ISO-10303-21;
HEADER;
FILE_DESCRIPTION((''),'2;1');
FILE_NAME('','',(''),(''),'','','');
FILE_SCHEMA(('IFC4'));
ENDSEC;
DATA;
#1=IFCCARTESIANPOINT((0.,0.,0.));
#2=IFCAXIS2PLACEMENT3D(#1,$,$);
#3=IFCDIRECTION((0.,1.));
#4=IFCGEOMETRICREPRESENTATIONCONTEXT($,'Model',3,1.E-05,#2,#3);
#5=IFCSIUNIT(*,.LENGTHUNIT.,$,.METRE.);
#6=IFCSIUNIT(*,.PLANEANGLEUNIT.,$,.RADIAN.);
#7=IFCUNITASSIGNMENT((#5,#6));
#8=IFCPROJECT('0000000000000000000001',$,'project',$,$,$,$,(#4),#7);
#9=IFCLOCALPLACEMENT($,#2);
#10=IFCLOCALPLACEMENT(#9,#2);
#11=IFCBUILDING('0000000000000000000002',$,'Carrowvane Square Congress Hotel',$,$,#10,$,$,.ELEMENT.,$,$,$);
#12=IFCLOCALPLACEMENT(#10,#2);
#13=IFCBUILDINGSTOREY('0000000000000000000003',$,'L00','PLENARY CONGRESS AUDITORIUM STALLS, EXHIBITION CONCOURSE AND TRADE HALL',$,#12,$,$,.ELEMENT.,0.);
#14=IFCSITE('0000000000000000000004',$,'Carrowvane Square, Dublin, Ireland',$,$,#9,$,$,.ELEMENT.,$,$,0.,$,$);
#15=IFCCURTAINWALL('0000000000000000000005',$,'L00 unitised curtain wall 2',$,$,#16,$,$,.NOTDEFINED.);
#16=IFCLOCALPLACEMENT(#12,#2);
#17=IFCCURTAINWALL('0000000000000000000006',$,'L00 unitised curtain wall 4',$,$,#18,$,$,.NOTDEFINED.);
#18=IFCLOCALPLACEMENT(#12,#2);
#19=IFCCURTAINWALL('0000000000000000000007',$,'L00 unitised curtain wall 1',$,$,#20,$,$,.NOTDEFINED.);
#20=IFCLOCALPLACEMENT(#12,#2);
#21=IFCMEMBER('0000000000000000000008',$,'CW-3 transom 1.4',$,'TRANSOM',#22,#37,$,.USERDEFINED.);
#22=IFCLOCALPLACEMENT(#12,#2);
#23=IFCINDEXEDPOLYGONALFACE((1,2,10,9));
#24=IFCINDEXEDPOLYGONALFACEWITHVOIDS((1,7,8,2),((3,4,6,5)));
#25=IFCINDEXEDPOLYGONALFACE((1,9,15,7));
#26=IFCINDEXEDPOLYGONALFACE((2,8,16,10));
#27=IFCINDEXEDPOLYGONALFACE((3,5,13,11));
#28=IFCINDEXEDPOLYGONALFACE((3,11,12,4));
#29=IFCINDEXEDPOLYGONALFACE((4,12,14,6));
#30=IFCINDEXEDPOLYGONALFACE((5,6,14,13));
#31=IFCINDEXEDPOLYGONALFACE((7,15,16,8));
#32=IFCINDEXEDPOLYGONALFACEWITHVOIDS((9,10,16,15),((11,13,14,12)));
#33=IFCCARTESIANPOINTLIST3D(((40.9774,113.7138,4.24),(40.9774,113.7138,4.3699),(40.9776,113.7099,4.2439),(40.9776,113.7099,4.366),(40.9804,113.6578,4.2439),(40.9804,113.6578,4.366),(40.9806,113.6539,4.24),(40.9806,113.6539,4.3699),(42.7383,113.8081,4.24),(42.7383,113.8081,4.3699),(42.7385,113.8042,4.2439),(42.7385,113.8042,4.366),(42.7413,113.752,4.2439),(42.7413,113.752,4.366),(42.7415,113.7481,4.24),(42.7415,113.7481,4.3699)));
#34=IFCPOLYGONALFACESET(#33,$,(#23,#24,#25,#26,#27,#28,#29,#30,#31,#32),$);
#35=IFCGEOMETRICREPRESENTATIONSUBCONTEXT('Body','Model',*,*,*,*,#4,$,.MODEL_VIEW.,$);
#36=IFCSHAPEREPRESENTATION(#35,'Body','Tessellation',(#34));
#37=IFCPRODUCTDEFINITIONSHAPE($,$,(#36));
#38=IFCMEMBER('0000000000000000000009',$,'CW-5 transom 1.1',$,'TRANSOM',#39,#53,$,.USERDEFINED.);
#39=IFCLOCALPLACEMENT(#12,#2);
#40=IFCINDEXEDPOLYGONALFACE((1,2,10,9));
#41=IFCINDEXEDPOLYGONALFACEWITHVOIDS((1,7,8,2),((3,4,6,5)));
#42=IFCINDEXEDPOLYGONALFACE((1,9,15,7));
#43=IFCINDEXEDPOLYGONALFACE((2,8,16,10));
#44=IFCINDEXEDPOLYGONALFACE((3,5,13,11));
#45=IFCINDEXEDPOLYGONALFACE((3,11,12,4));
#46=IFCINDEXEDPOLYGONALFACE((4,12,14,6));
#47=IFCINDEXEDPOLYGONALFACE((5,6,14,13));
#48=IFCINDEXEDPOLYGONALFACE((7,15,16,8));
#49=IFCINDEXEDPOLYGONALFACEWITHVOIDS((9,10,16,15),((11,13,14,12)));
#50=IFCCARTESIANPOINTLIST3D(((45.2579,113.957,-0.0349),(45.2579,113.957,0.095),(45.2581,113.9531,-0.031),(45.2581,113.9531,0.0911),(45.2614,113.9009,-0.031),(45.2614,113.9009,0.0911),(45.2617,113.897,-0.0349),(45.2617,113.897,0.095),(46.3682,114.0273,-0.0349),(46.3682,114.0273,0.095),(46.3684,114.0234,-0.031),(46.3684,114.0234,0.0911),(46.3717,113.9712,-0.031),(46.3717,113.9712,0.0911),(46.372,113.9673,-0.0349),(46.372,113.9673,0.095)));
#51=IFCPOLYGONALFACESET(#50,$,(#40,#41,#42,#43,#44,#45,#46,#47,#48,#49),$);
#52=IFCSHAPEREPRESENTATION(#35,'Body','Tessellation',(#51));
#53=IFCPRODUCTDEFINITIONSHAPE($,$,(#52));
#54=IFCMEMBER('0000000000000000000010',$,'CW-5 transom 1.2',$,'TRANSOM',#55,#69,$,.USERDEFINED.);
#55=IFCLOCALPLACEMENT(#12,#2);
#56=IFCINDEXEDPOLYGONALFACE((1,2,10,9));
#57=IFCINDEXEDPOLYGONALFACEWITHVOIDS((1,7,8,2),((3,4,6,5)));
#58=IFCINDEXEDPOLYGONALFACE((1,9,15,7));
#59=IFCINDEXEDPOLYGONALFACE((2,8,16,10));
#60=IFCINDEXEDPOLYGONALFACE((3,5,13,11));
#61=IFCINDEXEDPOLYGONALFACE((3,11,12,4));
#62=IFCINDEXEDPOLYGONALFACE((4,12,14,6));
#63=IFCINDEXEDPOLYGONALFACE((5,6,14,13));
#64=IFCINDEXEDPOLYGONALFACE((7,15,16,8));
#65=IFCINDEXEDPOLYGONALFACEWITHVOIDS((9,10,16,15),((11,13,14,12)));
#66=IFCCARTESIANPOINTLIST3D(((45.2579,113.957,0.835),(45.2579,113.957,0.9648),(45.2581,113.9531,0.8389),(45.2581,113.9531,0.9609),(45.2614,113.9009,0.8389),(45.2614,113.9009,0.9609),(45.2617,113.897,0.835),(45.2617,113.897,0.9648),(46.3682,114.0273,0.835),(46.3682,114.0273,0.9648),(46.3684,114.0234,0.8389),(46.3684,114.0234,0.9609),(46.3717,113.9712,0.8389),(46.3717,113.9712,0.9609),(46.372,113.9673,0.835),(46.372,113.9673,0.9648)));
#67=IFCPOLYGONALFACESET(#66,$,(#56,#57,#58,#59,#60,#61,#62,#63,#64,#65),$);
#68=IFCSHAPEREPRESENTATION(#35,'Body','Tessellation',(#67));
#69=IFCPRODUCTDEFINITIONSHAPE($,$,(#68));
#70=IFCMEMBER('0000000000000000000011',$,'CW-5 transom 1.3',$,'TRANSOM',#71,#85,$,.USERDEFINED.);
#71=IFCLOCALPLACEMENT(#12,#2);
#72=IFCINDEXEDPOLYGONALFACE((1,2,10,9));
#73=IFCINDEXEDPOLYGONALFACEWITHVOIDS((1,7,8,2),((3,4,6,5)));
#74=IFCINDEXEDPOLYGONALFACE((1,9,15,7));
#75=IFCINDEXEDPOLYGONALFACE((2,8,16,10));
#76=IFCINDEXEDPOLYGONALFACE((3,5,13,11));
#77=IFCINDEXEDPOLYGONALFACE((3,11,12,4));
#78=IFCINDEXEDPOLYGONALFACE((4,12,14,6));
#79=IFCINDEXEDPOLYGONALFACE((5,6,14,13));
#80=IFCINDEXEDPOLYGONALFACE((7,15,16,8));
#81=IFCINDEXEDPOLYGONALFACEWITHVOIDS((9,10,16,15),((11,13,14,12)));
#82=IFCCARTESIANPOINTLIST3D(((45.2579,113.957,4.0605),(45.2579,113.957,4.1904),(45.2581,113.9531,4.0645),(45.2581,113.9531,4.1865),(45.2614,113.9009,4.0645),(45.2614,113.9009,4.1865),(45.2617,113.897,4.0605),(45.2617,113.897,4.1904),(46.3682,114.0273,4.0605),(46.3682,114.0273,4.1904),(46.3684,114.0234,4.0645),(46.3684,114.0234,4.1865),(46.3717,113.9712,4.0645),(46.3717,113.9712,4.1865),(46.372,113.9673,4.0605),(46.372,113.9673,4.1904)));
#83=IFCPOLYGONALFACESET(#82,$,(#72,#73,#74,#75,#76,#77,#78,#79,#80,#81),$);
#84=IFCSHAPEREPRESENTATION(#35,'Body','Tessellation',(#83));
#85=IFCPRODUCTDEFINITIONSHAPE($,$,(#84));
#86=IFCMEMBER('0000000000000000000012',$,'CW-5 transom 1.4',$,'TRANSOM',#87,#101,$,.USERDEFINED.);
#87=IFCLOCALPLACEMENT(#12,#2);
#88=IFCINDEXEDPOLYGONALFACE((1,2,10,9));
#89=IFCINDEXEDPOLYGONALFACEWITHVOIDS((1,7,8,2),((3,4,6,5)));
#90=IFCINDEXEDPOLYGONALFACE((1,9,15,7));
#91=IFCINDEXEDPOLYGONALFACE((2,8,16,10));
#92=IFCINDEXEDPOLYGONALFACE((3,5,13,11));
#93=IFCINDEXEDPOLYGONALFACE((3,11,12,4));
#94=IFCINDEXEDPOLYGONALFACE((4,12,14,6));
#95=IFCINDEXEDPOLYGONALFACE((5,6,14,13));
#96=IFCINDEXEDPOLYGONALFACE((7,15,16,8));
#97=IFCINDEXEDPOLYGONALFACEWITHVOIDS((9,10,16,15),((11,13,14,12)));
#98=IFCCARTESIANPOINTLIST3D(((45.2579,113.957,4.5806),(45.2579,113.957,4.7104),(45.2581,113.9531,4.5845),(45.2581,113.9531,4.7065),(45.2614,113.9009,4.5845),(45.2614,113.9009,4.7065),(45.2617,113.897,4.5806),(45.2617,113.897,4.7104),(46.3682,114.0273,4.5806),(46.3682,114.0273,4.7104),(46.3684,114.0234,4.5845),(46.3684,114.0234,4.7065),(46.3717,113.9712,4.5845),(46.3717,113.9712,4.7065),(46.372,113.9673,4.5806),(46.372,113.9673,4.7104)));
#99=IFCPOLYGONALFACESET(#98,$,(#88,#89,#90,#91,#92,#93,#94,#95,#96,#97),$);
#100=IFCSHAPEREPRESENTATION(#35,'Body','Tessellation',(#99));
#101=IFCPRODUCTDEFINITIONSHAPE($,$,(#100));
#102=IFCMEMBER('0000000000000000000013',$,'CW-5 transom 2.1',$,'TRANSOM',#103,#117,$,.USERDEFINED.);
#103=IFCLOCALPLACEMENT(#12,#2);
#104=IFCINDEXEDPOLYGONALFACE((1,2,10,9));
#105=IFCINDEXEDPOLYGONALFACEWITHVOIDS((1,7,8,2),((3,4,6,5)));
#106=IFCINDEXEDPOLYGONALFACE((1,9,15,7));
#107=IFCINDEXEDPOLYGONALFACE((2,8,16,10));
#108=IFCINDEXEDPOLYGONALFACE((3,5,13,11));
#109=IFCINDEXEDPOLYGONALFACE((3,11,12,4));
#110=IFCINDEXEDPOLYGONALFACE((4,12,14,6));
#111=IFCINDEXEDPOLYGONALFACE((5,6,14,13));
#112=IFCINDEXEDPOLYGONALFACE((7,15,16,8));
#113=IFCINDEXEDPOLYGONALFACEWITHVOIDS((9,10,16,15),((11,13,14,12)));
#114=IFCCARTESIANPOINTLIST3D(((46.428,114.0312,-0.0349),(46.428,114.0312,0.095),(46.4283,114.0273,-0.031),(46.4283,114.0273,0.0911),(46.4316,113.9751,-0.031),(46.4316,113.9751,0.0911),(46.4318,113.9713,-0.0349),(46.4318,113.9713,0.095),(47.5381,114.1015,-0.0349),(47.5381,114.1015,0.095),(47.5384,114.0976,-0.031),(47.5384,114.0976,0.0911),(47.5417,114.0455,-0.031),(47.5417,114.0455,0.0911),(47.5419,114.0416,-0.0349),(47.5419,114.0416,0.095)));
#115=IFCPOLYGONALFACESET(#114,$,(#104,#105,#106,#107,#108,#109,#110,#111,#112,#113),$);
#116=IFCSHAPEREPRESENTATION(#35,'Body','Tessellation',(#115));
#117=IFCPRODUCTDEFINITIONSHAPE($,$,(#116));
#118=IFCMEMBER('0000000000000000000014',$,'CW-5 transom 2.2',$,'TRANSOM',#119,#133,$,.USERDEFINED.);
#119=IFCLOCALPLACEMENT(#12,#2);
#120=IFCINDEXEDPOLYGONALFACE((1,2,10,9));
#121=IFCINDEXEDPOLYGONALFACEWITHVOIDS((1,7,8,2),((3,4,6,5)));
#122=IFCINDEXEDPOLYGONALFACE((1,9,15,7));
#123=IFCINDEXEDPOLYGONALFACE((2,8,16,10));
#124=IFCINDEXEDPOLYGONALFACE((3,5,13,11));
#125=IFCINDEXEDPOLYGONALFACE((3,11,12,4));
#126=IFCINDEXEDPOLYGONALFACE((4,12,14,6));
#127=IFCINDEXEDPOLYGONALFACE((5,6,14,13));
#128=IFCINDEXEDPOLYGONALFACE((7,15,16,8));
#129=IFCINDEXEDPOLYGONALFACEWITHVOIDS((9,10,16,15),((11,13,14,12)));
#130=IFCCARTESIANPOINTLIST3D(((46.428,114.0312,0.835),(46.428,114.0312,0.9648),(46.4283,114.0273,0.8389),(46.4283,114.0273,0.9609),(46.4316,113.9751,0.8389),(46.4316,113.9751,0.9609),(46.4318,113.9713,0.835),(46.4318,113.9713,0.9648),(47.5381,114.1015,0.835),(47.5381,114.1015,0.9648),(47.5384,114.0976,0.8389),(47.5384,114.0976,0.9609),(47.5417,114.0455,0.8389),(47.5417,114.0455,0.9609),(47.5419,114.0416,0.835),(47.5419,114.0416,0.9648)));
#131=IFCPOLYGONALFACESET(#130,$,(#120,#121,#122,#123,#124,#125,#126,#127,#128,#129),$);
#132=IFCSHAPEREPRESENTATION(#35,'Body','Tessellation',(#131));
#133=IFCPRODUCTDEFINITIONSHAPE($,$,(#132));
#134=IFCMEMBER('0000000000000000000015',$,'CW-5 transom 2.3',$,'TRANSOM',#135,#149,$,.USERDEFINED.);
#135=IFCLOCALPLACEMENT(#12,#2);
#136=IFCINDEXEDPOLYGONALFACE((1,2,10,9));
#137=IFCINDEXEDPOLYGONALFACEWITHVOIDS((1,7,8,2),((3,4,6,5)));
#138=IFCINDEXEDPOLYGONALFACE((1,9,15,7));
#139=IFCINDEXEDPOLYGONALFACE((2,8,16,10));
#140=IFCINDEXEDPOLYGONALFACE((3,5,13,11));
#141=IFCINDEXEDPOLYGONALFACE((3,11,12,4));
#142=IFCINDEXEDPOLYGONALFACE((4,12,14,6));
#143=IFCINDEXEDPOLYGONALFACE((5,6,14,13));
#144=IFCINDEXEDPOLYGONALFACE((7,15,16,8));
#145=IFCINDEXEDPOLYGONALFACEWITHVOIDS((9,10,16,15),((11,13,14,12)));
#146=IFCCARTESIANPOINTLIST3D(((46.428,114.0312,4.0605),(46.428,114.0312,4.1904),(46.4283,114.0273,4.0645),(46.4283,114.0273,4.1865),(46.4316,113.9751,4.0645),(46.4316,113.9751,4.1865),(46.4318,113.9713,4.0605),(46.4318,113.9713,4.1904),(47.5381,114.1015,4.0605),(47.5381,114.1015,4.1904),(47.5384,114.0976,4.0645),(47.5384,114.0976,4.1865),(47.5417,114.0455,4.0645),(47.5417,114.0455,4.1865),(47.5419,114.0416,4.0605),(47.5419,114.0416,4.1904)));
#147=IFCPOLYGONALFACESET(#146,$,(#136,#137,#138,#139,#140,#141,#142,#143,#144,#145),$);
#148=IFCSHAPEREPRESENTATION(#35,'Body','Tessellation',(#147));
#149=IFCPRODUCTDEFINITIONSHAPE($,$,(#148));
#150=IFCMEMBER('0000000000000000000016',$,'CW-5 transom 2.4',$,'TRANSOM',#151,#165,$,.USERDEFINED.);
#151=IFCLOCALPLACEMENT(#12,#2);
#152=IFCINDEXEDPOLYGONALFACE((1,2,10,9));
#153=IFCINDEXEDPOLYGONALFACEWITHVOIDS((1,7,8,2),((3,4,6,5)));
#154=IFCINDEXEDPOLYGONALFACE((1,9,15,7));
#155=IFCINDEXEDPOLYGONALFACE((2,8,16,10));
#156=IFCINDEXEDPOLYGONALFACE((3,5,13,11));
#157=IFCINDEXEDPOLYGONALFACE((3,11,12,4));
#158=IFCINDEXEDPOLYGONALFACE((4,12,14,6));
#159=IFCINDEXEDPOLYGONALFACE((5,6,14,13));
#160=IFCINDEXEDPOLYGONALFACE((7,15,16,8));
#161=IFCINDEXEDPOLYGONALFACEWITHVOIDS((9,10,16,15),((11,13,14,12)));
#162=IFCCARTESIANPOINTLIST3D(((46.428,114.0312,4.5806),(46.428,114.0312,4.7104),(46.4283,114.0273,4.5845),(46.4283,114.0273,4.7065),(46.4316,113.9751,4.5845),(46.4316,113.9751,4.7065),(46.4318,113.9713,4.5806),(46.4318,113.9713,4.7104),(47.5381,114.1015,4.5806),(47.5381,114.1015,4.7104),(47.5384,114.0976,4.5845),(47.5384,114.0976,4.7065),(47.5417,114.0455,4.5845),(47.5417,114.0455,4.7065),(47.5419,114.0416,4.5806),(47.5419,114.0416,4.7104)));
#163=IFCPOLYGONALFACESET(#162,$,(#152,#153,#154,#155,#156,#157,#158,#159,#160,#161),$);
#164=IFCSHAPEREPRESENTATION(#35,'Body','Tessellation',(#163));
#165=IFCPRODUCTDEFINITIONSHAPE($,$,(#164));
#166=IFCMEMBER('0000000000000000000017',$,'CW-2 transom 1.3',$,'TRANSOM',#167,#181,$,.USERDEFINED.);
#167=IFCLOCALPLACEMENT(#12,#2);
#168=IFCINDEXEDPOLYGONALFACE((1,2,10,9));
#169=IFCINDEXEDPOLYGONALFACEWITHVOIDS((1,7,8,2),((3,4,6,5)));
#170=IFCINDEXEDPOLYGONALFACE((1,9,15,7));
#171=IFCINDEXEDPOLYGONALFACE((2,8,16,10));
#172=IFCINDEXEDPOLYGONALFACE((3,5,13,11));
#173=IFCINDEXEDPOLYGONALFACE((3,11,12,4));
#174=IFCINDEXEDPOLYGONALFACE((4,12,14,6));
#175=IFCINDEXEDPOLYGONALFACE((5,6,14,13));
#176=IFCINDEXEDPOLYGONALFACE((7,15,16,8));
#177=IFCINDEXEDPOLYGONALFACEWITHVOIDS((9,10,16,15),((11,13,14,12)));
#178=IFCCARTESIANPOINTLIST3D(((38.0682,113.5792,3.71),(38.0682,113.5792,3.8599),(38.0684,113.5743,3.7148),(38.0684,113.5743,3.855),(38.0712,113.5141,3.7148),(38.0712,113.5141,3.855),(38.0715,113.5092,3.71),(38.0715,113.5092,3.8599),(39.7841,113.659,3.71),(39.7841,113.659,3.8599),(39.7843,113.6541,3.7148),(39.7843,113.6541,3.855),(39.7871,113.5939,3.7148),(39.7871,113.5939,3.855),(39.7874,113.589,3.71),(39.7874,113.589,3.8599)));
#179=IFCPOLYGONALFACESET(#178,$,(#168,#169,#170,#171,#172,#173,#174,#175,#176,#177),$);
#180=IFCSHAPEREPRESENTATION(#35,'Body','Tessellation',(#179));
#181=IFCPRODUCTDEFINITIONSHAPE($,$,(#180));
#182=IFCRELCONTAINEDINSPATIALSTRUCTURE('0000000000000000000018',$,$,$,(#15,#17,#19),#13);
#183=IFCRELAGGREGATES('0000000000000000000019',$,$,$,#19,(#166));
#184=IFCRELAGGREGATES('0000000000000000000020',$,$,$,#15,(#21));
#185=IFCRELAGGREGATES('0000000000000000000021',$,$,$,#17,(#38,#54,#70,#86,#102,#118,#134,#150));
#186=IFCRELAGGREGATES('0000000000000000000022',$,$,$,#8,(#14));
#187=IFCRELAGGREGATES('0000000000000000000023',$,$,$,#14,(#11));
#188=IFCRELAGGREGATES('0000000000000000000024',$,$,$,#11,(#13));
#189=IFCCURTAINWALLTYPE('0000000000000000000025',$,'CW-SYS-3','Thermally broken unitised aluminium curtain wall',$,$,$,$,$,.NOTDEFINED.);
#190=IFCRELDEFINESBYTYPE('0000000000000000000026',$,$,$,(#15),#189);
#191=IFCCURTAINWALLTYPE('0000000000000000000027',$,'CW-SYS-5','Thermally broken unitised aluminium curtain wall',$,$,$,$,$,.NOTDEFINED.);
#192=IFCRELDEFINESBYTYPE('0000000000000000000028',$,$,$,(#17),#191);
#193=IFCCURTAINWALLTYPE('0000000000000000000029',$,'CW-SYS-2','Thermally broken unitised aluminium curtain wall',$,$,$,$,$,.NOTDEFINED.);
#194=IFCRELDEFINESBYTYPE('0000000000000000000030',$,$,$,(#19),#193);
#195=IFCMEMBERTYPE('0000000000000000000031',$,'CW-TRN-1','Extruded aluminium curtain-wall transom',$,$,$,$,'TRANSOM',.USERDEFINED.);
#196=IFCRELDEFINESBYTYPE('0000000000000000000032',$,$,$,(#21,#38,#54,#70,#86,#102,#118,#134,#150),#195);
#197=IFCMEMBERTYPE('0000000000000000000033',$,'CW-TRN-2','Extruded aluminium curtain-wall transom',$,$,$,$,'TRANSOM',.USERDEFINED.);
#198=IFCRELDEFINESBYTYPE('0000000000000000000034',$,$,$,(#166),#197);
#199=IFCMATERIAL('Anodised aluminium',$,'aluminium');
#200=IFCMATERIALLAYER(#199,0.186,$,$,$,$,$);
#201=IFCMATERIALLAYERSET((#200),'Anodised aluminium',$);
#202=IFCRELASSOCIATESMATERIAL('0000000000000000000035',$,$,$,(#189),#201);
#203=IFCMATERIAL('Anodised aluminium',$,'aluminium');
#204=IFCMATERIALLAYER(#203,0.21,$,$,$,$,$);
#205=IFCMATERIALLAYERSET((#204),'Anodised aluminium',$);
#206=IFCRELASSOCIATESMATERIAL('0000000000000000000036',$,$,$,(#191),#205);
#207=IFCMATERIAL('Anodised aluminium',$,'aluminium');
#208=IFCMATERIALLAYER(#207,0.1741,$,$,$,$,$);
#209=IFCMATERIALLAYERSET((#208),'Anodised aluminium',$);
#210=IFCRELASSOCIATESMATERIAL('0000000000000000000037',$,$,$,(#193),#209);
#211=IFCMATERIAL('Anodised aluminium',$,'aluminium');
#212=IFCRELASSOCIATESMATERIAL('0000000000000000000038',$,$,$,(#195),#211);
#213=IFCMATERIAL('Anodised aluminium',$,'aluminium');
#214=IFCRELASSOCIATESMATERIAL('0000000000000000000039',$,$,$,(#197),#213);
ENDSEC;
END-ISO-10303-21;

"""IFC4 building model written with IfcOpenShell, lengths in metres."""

from ifc_helpers import new_model, si_unit, direction, frame, origin, origin_2d, place, context, subcontext, project, spatial, hollow_rectangle, extrude, material, layer, layer_set, material_profile, profile_set, type_object, element, aggregate, save


model = new_model("IFC4")

# Units and contexts
model_context = context("Model", 3, precision=1e-05, world=origin(), true_north=direction((0.0, 1.0)))
body_context = subcontext(model_context, "Body", "Model", "MODEL_VIEW")
ifc_project = project(units=[si_unit("LENGTHUNIT", "METRE"), si_unit("PLANEANGLEUNIT", "RADIAN")], contexts=[model_context])

# Site, building, storey
site_placement = place(None, origin())
site = spatial("IfcSite", under=ifc_project, at=site_placement, Name="Carrowvane Square, Dublin, Ireland", CompositionType="ELEMENT", RefElevation=0.0)
building_placement = place(site_placement, origin())
building = spatial("IfcBuilding", under=site, at=building_placement, Name="Carrowvane Square Congress Hotel", CompositionType="ELEMENT")
storey_placement = place(building_placement, origin())
storey = spatial("IfcBuildingStorey", under=building, at=storey_placement, Name="L00", Description="PLENARY CONGRESS AUDITORIUM STALLS, EXHIBITION CONCOURSE AND TRADE HALL", CompositionType="ELEMENT", Elevation=0.0)

# Curtain walls
ifc_material_1 = material(Name="Anodised aluminium", Category="aluminium")
ifc_layer_1 = layer(ifc_material_1, 0.186)
ifc_layer_set_1 = layer_set([ifc_layer_1], Name="Anodised aluminium")
curtain_wall_type_1 = type_object("IfcCurtainWallType", Name="CW-SYS-3", Description="Thermally broken unitised aluminium curtain wall", PredefinedType="NOTDEFINED", material=ifc_layer_set_1)
curtain_wall_1_placement = place(storey_placement, origin())
curtain_wall_1 = element("IfcCurtainWall", 1, at=curtain_wall_1_placement, inside=storey, type_object=curtain_wall_type_1, Name="L00 unitised curtain wall 2", PredefinedType="NOTDEFINED")
ifc_material_2 = material(Name="Anodised aluminium", Category="aluminium")
ifc_layer_2 = layer(ifc_material_2, 0.21)
ifc_layer_set_2 = layer_set([ifc_layer_2], Name="Anodised aluminium")
curtain_wall_type_2 = type_object("IfcCurtainWallType", Name="CW-SYS-5", Description="Thermally broken unitised aluminium curtain wall", PredefinedType="NOTDEFINED", material=ifc_layer_set_2)
curtain_wall_2_placement = place(storey_placement, origin())
curtain_wall_2 = element("IfcCurtainWall", 2, at=curtain_wall_2_placement, inside=storey, type_object=curtain_wall_type_2, Name="L00 unitised curtain wall 4", PredefinedType="NOTDEFINED")

# Curtain wall
ifc_material_3 = material(Name="Anodised aluminium", Category="aluminium")
ifc_layer_3 = layer(ifc_material_3, 0.1741)
ifc_layer_set_3 = layer_set([ifc_layer_3], Name="Anodised aluminium")
curtain_wall_type_3 = type_object("IfcCurtainWallType", Name="CW-SYS-2", Description="Thermally broken unitised aluminium curtain wall", PredefinedType="NOTDEFINED", material=ifc_layer_set_3)
curtain_wall_3_placement = place(storey_placement, origin())
curtain_wall_3 = element("IfcCurtainWall", 3, at=curtain_wall_3_placement, inside=storey, type_object=curtain_wall_type_3, Name="L00 unitised curtain wall 1", PredefinedType="NOTDEFINED")

# Members
ifc_material_4 = material(Name="Anodised aluminium", Category="aluminium")
ifc_material_profile_1 = material_profile(ifc_material_4, hollow_rectangle(XDim=0.0601, YDim=0.1299, WallThickness=0.0039, at=origin_2d()), Name="CW-TR 60x130x4")
ifc_profile_set_1 = profile_set([ifc_material_profile_1], Name="Anodised aluminium")
member_type_1 = type_object("IfcMemberType", Name="CW-TRN-1", Description="Extruded aluminium curtain-wall transom", ElementType="TRANSOM", PredefinedType="USERDEFINED", material=ifc_profile_set_1)
member_1_placement = place(storey_placement, frame((40.979, 113.6838, 4.3049), z_axis=(0.998571, 0.053438, 0.0), x_axis=(-0.053438, 0.998571, 0.0)))
member_1 = element("IfcMember", 4, at=member_1_placement, type_object=member_type_1, Name="CW-3 transom 1.4", ObjectType="TRANSOM", PredefinedType="USERDEFINED", context=body_context, shape_type="SweptSolid", body=[
    extrude(hollow_rectangle(XDim=0.0601, YDim=0.1299, WallThickness=0.0039, at=origin_2d()), origin(), (0.0, 0.0, 1.0), 1.7634),
])
member_2_placement = place(storey_placement, frame((45.2598, 113.927, 0.03), z_axis=(0.998001, 0.063198, 0.0), x_axis=(-0.063198, 0.998001, 0.0)))
member_2 = element("IfcMember", 5, at=member_2_placement, type_object=member_type_1, Name="CW-5 transom 1.1", ObjectType="TRANSOM", PredefinedType="USERDEFINED", context=body_context, shape_type="SweptSolid", body=[
    extrude(hollow_rectangle(XDim=0.0601, YDim=0.1299, WallThickness=0.0039, at=origin_2d()), origin(), (0.0, 0.0, 1.0), 1.1125),
])
member_3_placement = place(storey_placement, frame((45.2598, 113.927, 0.8999), z_axis=(0.998001, 0.063198, 0.0), x_axis=(-0.063198, 0.998001, 0.0)))
member_3 = element("IfcMember", 6, at=member_3_placement, type_object=member_type_1, Name="CW-5 transom 1.2", ObjectType="TRANSOM", PredefinedType="USERDEFINED", context=body_context, shape_type="SweptSolid", body=[
    extrude(hollow_rectangle(XDim=0.0601, YDim=0.1299, WallThickness=0.0039, at=origin_2d()), origin(), (0.0, 0.0, 1.0), 1.1125),
])
member_4_placement = place(storey_placement, frame((45.2598, 113.927, 4.1255), z_axis=(0.998001, 0.063198, 0.0), x_axis=(-0.063198, 0.998001, 0.0)))
member_4 = element("IfcMember", 7, at=member_4_placement, type_object=member_type_1, Name="CW-5 transom 1.3", ObjectType="TRANSOM", PredefinedType="USERDEFINED", context=body_context, shape_type="SweptSolid", body=[
    extrude(hollow_rectangle(XDim=0.0601, YDim=0.1299, WallThickness=0.0039, at=origin_2d()), origin(), (0.0, 0.0, 1.0), 1.1125),
])
member_5_placement = place(storey_placement, frame((45.2598, 113.927, 4.6455), z_axis=(0.998001, 0.063198, 0.0), x_axis=(-0.063198, 0.998001, 0.0)))
member_5 = element("IfcMember", 8, at=member_5_placement, type_object=member_type_1, Name="CW-5 transom 1.4", ObjectType="TRANSOM", PredefinedType="USERDEFINED", context=body_context, shape_type="SweptSolid", body=[
    extrude(hollow_rectangle(XDim=0.0601, YDim=0.1299, WallThickness=0.0039, at=origin_2d()), origin(), (0.0, 0.0, 1.0), 1.1125),
])
member_6_placement = place(storey_placement, frame((46.4299, 114.0012, 0.03), z_axis=(0.998, 0.063212, 0.0), x_axis=(-0.063212, 0.998, 0.0)))
member_6 = element("IfcMember", 9, at=member_6_placement, type_object=member_type_1, Name="CW-5 transom 2.1", ObjectType="TRANSOM", PredefinedType="USERDEFINED", context=body_context, shape_type="SweptSolid", body=[
    extrude(hollow_rectangle(XDim=0.0601, YDim=0.1299, WallThickness=0.0039, at=origin_2d()), origin(), (0.0, 0.0, 1.0), 1.1123),
])
member_7_placement = place(storey_placement, frame((46.4299, 114.0012, 0.8999), z_axis=(0.998, 0.063212, 0.0), x_axis=(-0.063212, 0.998, 0.0)))
member_7 = element("IfcMember", 10, at=member_7_placement, type_object=member_type_1, Name="CW-5 transom 2.2", ObjectType="TRANSOM", PredefinedType="USERDEFINED", context=body_context, shape_type="SweptSolid", body=[
    extrude(hollow_rectangle(XDim=0.0601, YDim=0.1299, WallThickness=0.0039, at=origin_2d()), origin(), (0.0, 0.0, 1.0), 1.1123),
])
member_8_placement = place(storey_placement, frame((46.4299, 114.0012, 4.1255), z_axis=(0.998, 0.063212, 0.0), x_axis=(-0.063212, 0.998, 0.0)))
member_8 = element("IfcMember", 11, at=member_8_placement, type_object=member_type_1, Name="CW-5 transom 2.3", ObjectType="TRANSOM", PredefinedType="USERDEFINED", context=body_context, shape_type="SweptSolid", body=[
    extrude(hollow_rectangle(XDim=0.0601, YDim=0.1299, WallThickness=0.0039, at=origin_2d()), origin(), (0.0, 0.0, 1.0), 1.1123),
])
member_9_placement = place(storey_placement, frame((46.4299, 114.0012, 4.6455), z_axis=(0.998, 0.063212, 0.0), x_axis=(-0.063212, 0.998, 0.0)))
member_9 = element("IfcMember", 12, at=member_9_placement, type_object=member_type_1, Name="CW-5 transom 2.4", ObjectType="TRANSOM", PredefinedType="USERDEFINED", context=body_context, shape_type="SweptSolid", body=[
    extrude(hollow_rectangle(XDim=0.0601, YDim=0.1299, WallThickness=0.0039, at=origin_2d()), origin(), (0.0, 0.0, 1.0), 1.1123),
])
ifc_material_5 = material(Name="Anodised aluminium", Category="aluminium")
ifc_material_profile_2 = material_profile(ifc_material_5, hollow_rectangle(XDim=0.0701, YDim=0.1499, WallThickness=0.0049, at=origin_2d()), Name="CW-TR 70x150x5")
ifc_profile_set_2 = profile_set([ifc_material_profile_2], Name="Anodised aluminium")
member_type_2 = type_object("IfcMemberType", Name="CW-TRN-2", Description="Extruded aluminium curtain-wall transom", ElementType="TRANSOM", PredefinedType="USERDEFINED", material=ifc_profile_set_2)
member_10_placement = place(storey_placement, frame((38.0698, 113.5442, 3.7849), z_axis=(0.998919, 0.046478, 0.0), x_axis=(-0.046478, 0.998919, 0.0)))
member_10 = element("IfcMember", 13, at=member_10_placement, type_object=member_type_2, Name="CW-2 transom 1.3", ObjectType="TRANSOM", PredefinedType="USERDEFINED", context=body_context, shape_type="SweptSolid", body=[
    extrude(hollow_rectangle(XDim=0.0701, YDim=0.1499, WallThickness=0.0049, at=origin_2d()), origin(), (0.0, 0.0, 1.0), 1.7178),
])

aggregate(curtain_wall_3, [member_10])
aggregate(curtain_wall_1, [member_1])
aggregate(curtain_wall_2, [member_2, member_3, member_4, member_5, member_6, member_7, member_8, member_9])

save(model, "model.ifc")
